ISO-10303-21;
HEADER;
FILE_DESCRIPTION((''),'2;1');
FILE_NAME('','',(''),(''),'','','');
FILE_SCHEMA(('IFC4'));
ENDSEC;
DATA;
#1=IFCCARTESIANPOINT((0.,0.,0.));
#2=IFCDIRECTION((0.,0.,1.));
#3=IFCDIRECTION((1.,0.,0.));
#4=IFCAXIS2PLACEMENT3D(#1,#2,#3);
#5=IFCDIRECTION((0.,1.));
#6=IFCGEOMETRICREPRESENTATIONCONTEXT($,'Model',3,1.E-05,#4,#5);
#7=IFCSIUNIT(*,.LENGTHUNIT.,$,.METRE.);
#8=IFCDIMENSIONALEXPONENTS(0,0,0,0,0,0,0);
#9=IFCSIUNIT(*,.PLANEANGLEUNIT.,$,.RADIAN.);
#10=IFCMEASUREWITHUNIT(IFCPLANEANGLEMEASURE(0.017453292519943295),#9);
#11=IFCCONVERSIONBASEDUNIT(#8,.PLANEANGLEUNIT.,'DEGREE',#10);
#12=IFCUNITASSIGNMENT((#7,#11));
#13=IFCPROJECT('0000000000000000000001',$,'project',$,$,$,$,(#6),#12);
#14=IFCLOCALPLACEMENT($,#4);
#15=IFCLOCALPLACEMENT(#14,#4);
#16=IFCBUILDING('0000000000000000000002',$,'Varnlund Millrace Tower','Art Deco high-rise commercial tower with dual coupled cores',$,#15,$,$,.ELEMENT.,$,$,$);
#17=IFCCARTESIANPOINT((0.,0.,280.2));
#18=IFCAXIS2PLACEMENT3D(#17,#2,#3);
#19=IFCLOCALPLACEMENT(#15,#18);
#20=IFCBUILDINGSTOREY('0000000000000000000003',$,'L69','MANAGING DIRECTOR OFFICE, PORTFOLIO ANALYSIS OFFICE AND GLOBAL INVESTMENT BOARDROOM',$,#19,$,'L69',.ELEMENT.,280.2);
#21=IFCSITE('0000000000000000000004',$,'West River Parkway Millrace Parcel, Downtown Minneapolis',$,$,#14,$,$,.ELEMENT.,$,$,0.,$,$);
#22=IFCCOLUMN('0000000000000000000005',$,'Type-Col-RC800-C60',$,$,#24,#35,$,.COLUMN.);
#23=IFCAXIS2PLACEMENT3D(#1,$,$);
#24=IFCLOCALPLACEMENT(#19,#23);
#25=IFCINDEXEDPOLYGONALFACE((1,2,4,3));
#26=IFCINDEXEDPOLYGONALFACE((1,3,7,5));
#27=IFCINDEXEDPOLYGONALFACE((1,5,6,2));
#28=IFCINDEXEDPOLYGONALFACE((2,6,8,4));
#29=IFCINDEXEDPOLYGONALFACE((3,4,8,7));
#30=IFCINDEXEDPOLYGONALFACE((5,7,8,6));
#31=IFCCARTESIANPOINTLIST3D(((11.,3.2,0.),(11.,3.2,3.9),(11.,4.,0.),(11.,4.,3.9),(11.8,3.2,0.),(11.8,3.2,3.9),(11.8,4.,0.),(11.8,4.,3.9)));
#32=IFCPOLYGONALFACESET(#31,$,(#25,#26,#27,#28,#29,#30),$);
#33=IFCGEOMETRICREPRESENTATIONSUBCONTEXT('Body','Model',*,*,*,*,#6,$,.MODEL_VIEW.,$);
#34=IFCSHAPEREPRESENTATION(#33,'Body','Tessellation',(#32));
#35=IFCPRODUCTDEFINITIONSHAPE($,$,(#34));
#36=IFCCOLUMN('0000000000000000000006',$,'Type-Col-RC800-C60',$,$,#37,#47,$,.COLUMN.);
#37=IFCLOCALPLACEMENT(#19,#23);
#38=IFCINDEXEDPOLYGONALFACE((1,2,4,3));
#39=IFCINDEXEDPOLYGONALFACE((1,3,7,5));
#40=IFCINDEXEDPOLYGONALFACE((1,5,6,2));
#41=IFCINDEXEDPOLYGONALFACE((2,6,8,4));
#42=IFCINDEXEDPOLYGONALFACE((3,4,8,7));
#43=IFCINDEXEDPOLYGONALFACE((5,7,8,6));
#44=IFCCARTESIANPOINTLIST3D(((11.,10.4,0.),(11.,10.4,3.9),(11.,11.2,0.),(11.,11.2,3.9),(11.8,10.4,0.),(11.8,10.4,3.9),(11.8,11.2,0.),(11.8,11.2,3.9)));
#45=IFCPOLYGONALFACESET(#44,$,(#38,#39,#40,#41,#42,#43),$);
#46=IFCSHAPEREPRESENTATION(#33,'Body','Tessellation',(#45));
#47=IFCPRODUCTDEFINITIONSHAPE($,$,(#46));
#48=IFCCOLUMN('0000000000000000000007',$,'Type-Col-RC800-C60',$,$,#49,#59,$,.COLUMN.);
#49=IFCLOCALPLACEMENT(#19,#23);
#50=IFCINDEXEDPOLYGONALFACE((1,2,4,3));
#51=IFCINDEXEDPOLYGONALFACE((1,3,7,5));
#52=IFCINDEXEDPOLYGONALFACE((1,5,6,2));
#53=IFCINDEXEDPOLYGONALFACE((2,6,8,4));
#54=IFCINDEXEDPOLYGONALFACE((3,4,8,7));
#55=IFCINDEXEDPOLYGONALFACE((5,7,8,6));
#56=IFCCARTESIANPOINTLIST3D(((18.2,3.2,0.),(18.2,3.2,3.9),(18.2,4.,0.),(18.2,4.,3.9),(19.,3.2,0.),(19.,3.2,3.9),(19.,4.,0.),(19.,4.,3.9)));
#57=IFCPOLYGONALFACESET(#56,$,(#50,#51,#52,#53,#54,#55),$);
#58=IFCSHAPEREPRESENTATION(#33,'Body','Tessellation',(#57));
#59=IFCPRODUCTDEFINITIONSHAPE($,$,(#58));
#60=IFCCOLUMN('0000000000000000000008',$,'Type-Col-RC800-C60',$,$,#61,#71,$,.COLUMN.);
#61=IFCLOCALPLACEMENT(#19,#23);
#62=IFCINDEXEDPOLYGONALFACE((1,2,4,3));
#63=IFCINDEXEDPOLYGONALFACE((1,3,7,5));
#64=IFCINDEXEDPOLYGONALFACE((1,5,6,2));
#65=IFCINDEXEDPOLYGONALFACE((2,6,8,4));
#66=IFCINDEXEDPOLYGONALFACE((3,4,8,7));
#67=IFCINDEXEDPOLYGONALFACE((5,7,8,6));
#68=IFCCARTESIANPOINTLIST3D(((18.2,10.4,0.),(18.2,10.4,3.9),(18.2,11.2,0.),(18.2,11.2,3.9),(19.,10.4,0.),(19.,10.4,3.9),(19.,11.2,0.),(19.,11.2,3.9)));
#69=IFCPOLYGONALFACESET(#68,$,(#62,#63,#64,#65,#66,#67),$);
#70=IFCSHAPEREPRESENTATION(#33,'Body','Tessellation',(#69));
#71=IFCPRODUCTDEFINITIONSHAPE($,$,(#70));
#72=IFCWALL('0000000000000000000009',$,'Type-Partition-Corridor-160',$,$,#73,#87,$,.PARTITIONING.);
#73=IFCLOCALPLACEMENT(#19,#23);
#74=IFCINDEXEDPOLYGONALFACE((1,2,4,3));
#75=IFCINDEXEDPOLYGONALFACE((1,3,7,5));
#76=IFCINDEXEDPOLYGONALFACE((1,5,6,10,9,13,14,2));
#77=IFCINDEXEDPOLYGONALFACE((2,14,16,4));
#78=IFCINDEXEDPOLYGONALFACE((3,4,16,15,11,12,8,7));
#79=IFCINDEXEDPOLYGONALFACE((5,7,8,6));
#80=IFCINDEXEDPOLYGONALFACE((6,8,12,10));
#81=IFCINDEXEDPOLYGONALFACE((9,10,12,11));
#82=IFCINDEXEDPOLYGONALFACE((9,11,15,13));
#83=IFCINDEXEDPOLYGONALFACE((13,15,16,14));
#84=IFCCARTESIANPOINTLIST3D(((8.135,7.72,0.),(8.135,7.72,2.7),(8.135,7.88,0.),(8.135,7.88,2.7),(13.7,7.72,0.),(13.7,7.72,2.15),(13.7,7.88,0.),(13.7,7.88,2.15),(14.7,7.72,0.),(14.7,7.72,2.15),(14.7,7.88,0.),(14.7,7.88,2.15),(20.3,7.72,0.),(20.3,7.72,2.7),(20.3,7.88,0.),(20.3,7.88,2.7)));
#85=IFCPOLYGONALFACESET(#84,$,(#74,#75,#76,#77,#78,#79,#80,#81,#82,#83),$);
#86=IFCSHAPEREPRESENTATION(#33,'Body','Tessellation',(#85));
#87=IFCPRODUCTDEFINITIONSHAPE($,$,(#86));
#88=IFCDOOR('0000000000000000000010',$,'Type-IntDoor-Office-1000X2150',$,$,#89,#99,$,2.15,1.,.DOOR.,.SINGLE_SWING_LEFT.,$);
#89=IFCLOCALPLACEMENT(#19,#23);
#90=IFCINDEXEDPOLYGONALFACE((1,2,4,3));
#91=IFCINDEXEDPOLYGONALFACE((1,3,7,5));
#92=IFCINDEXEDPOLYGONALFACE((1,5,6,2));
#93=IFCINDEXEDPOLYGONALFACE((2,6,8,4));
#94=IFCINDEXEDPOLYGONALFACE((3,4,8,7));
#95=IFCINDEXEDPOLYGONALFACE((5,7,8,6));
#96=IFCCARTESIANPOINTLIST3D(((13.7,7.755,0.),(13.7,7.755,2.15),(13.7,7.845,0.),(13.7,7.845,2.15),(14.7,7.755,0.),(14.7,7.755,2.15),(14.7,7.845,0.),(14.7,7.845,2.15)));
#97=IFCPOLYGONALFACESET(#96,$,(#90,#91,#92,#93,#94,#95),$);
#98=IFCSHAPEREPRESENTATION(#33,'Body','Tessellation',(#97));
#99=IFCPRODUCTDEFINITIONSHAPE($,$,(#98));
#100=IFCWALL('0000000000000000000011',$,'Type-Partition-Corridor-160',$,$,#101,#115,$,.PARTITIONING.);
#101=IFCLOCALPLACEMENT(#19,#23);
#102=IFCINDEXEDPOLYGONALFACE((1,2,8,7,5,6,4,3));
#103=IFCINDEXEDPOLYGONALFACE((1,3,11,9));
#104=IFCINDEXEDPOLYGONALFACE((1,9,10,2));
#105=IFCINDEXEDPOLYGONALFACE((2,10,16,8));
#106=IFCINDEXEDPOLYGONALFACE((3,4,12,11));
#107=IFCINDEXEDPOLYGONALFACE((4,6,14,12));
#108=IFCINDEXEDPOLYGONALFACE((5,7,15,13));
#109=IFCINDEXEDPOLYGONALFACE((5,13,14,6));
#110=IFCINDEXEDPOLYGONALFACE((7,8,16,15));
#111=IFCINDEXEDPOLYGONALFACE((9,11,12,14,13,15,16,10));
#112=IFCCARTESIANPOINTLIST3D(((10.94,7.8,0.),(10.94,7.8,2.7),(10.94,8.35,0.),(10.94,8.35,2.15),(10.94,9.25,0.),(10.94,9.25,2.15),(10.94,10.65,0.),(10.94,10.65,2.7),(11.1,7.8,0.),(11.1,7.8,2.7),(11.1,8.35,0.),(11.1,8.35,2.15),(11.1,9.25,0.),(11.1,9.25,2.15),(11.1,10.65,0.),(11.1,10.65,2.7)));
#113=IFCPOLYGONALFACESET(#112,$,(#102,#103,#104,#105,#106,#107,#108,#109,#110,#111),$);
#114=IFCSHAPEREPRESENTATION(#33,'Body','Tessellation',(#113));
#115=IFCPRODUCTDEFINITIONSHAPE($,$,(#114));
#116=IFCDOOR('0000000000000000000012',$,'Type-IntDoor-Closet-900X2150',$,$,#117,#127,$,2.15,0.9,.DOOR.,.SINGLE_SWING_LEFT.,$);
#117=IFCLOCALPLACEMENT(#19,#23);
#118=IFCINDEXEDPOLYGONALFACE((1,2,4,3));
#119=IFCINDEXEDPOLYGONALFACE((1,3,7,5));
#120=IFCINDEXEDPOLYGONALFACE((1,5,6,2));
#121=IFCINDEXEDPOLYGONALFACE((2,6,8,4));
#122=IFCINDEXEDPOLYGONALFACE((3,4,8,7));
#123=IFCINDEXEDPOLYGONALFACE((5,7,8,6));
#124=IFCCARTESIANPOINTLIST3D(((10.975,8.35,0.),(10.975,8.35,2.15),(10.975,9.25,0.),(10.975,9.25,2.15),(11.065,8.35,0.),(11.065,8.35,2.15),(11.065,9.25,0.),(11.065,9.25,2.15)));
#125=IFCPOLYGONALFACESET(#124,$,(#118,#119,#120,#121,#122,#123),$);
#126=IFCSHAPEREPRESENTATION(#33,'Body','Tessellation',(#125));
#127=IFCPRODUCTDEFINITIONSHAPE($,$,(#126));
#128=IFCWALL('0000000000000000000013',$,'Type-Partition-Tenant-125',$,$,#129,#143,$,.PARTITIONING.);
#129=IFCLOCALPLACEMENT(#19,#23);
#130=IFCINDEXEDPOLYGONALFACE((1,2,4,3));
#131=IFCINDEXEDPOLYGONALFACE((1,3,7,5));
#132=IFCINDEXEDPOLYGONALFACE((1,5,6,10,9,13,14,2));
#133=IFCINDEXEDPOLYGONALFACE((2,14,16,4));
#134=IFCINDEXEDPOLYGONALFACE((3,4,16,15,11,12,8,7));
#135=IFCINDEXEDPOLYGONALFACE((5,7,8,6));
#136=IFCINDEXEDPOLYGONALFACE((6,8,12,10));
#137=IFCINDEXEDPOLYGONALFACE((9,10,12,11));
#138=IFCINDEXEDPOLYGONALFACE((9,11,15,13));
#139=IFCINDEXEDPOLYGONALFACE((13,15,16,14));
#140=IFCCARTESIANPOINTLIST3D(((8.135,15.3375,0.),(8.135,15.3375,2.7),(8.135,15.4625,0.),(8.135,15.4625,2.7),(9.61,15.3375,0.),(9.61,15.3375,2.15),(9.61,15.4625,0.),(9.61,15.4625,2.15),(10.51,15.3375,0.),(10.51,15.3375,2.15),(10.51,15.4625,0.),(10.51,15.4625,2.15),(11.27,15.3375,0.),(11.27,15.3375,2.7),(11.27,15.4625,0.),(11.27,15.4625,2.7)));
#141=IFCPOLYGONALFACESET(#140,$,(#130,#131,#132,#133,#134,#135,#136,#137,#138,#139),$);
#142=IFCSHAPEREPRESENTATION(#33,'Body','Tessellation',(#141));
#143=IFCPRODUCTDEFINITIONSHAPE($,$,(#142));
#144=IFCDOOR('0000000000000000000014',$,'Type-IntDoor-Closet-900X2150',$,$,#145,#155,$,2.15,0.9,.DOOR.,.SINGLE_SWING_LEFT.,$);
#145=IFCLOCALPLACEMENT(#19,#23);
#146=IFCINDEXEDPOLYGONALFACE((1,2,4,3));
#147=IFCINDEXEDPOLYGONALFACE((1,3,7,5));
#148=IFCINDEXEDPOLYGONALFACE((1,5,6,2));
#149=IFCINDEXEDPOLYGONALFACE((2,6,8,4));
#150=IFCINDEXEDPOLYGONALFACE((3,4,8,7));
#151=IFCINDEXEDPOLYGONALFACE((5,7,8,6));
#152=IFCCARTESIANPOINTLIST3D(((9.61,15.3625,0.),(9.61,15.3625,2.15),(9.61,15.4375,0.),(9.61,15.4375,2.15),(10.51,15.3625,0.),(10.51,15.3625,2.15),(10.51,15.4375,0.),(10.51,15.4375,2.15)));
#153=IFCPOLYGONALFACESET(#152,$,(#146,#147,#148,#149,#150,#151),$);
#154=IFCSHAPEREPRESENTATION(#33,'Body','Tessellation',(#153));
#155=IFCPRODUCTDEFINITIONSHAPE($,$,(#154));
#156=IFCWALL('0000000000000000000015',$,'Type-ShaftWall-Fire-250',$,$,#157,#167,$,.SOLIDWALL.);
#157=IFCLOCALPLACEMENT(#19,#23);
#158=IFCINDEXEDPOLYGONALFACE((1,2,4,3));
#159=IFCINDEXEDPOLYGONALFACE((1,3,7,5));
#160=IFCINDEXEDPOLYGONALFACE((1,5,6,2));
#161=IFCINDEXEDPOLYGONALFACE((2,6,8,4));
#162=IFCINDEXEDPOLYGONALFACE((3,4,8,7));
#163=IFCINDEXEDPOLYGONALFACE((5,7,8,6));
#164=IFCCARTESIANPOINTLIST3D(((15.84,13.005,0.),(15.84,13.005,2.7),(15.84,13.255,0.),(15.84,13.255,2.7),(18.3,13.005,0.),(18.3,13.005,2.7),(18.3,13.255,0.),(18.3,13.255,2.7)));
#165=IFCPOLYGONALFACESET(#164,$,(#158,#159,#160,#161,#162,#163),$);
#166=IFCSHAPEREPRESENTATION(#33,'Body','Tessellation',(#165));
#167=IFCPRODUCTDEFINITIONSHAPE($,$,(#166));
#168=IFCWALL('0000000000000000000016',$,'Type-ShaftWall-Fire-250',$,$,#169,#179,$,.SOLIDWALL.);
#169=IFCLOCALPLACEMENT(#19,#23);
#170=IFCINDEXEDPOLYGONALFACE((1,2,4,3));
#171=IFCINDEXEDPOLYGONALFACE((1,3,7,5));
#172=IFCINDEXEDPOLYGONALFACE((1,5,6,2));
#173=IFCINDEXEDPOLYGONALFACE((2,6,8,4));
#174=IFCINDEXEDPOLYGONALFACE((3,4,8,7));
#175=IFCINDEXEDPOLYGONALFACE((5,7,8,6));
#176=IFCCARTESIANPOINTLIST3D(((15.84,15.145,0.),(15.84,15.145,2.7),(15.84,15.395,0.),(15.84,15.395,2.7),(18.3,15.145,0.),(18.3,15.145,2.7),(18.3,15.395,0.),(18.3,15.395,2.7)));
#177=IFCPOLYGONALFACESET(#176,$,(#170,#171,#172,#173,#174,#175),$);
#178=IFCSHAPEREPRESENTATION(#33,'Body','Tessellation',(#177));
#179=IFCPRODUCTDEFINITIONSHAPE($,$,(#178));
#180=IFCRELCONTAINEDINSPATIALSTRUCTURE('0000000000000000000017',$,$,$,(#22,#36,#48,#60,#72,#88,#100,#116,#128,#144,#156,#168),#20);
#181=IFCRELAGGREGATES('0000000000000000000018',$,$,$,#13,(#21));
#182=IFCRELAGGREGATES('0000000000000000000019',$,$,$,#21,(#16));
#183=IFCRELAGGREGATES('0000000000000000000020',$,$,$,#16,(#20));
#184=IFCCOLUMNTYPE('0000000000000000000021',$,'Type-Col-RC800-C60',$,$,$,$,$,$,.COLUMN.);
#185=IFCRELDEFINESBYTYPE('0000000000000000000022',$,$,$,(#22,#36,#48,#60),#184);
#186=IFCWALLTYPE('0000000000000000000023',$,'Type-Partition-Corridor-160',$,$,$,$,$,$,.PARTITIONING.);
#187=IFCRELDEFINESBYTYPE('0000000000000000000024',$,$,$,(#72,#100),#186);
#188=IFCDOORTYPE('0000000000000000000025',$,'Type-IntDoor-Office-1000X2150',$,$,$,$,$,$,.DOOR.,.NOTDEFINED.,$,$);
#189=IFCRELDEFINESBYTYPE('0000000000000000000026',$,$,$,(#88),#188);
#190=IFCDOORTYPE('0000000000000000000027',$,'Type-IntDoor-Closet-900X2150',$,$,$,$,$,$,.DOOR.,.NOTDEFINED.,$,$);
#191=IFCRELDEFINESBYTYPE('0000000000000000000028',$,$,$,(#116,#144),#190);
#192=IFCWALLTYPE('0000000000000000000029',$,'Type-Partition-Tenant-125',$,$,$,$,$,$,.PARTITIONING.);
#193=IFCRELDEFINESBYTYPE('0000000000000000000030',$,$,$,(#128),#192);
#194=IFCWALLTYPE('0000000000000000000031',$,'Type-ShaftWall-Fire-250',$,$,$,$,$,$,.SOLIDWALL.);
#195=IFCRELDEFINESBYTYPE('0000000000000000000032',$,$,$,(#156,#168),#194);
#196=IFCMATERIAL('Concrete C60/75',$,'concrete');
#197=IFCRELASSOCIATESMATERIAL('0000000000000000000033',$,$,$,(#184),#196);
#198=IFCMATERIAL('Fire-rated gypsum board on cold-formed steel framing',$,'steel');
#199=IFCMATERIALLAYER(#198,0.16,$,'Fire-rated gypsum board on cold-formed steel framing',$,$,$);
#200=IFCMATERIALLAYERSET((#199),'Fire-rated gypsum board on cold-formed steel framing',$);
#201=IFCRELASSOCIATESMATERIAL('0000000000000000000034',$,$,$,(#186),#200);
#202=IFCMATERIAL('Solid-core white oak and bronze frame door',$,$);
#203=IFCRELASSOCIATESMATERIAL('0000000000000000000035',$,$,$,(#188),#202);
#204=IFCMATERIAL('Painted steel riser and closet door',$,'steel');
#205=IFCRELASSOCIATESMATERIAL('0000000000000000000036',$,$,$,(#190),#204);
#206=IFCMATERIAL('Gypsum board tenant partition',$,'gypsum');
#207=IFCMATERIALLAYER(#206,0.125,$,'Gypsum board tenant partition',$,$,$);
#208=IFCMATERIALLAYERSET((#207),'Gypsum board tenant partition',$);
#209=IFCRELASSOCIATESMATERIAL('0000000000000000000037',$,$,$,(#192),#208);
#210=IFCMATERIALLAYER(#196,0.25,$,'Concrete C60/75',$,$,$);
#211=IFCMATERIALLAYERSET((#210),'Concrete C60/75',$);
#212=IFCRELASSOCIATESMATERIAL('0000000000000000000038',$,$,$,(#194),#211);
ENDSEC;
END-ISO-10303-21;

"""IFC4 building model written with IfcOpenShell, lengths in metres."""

from ifc_helpers import new_model, entity, si_unit, converted_unit, direction, frame, origin_with_axes, origin_2d_with_axis, place, context, subcontext, project, spatial, polyline, rectangle, outline, extrude, material, layer, layer_set, material_profile, profile_set, type_object, element, fill, save


model = new_model("IFC4")

# Units and contexts
model_context = context("Model", 3, precision=1e-05, world=origin_with_axes(), true_north=direction((0.0, 1.0)))
body_context = subcontext(model_context, "Body", "Model", "MODEL_VIEW")
ifc_project = project(units=[si_unit("LENGTHUNIT", "METRE"), converted_unit("PLANEANGLEUNIT", "DEGREE", entity("IfcPlaneAngleMeasure", 0.017453292519943295), si_unit("PLANEANGLEUNIT", "RADIAN"), dimensions=[0, 0, 0, 0, 0, 0, 0])], contexts=[model_context])

# Site, building, storey
site_placement = place(None, origin_with_axes())
site = spatial("IfcSite", under=ifc_project, at=site_placement, Name="West River Parkway Millrace Parcel, Downtown Minneapolis", CompositionType="ELEMENT", RefElevation=0.0)
building_placement = place(site_placement, origin_with_axes())
building = spatial("IfcBuilding", under=site, at=building_placement, Name="Varnlund Millrace Tower", Description="Art Deco high-rise commercial tower with dual coupled cores", CompositionType="ELEMENT")
storey_placement = place(building_placement, frame((0.0, 0.0, 280.2), z_axis=(0.0, 0.0, 1.0), x_axis=(1.0, 0.0, 0.0)))
storey = spatial("IfcBuildingStorey", under=building, at=storey_placement, Name="L69", Description="MANAGING DIRECTOR OFFICE, PORTFOLIO ANALYSIS OFFICE AND GLOBAL INVESTMENT BOARDROOM", LongName="L69", CompositionType="ELEMENT", Elevation=280.2)

# Columns
ifc_material_1 = material(Name="Concrete C60/75", Category="concrete")
ifc_material_profile = material_profile(ifc_material_1, rectangle(XDim=0.8, YDim=0.8, at=origin_2d_with_axis()), Name="Concrete C60/75")
ifc_profile_set = profile_set([ifc_material_profile], Name="Concrete C60/75")
column_type = type_object("IfcColumnType", Name="Type-Col-RC800-C60", PredefinedType="COLUMN", material=ifc_profile_set)
for number, where, z_axis, x_axis, name in (
    (1, (11.4, 3.6, 0.0), (0.0, 0.0, 1.0), (1.0, 0.0, 0.0), "Type-Col-RC800-C60"),
    (2, (11.4, 10.8, 0.0), (0.0, 0.0, 1.0), (1.0, 0.0, 0.0), "Type-Col-RC800-C60"),
    (3, (18.6, 3.6, 0.0), (0.0, 0.0, 1.0), (1.0, 0.0, 0.0), "Type-Col-RC800-C60"),
    (4, (18.6, 10.8, 0.0), (0.0, 0.0, 1.0), (1.0, 0.0, 0.0), "Type-Col-RC800-C60"),
):
    element("IfcColumn", number, at=place(storey_placement, frame(where, z_axis=z_axis, x_axis=x_axis)), inside=storey, type_object=column_type, Name=name, PredefinedType="COLUMN", context=body_context, shape_type="SweptSolid", body=[
        extrude(rectangle(XDim=0.8, YDim=0.8, at=origin_2d_with_axis()), origin_with_axes(), (0.0, 0.0, 1.0), 3.9),
    ])

# Wall, opening, door
ifc_material_2 = material(Name="Fire-rated gypsum board on cold-formed steel framing", Category="steel")
ifc_layer_1 = layer(ifc_material_2, 0.16, Name="Fire-rated gypsum board on cold-formed steel framing")
ifc_layer_set_1 = layer_set([ifc_layer_1], Name="Fire-rated gypsum board on cold-formed steel framing")
wall_type_1 = type_object("IfcWallType", Name="Type-Partition-Corridor-160", PredefinedType="PARTITIONING", material=ifc_layer_set_1)
wall_1_placement = place(storey_placement, frame((8.135, 7.8, 0.0), z_axis=(0.0, 0.0, 1.0), x_axis=(1.0, 0.0, 0.0)))
wall_1 = element("IfcWall", 5, at=wall_1_placement, inside=storey, type_object=wall_type_1, Name="Type-Partition-Corridor-160", PredefinedType="PARTITIONING", context=body_context, shape_type="SweptSolid", body=[
    extrude(outline(polyline([(0.0, -0.08), (12.165, -0.08), (12.165, 0.08), (0.0, 0.08), (0.0, -0.08)])), origin_with_axes(), (0.0, 0.0, 1.0), 2.7),
])
opening_1_placement = place(wall_1_placement, frame((6.065, 0.0, 0.0), z_axis=(0.0, 0.0, 1.0), x_axis=(1.0, 0.0, 0.0)))
opening_1 = element("IfcOpeningElement", 6, at=opening_1_placement, cuts=wall_1, PredefinedType="OPENING", context=body_context, shape_type="SweptSolid", body=[
    extrude(rectangle(XDim=1.0, YDim=0.18, at=origin_2d_with_axis()), origin_with_axes(), (0.0, 0.0, 1.0), 2.15),
])
ifc_material_3 = material(Name="Solid-core white oak and bronze frame door")
door_type_1 = type_object("IfcDoorType", Name="Type-IntDoor-Office-1000X2150", OperationType="NOTDEFINED", PredefinedType="DOOR", material=ifc_material_3)
door_1_placement = place(wall_1_placement, frame((6.065, 0.0, 0.0), z_axis=(0.0, 0.0, 1.0), x_axis=(1.0, 0.0, 0.0)))
door_1 = element("IfcDoor", 7, at=door_1_placement, inside=storey, type_object=door_type_1, Name="Type-IntDoor-Office-1000X2150", OperationType="SINGLE_SWING_LEFT", OverallHeight=2.15, OverallWidth=1.0, PredefinedType="DOOR", context=body_context, shape_type="SweptSolid", body=[
    extrude(rectangle(XDim=1.0, YDim=0.09, at=origin_2d_with_axis()), origin_with_axes(), (0.0, 0.0, 1.0), 2.15),
])
fill(opening_1, door_1)

# Walls, openings, doors
wall_2_placement = place(storey_placement, frame((11.02, 7.8, 0.0), z_axis=(0.0, 0.0, 1.0), x_axis=(0.0, 1.0, 0.0)))
wall_2 = element("IfcWall", 8, at=wall_2_placement, inside=storey, type_object=wall_type_1, Name="Type-Partition-Corridor-160", PredefinedType="PARTITIONING", context=body_context, shape_type="SweptSolid", body=[
    extrude(outline(polyline([(0.0, -0.08), (2.85, -0.08), (2.85, 0.08), (0.0, 0.08), (0.0, -0.08)])), origin_with_axes(), (0.0, 0.0, 1.0), 2.7),
])
opening_2_placement = place(wall_2_placement, frame((1.0, 0.0, 0.0), z_axis=(0.0, 0.0, 1.0), x_axis=(1.0, 0.0, 0.0)))
opening_2 = element("IfcOpeningElement", 9, at=opening_2_placement, cuts=wall_2, PredefinedType="OPENING", context=body_context, shape_type="SweptSolid", body=[
    extrude(rectangle(XDim=0.9, YDim=0.18, at=origin_2d_with_axis()), origin_with_axes(), (0.0, 0.0, 1.0), 2.15),
])
ifc_material_4 = material(Name="Painted steel riser and closet door", Category="steel")
door_type_2 = type_object("IfcDoorType", Name="Type-IntDoor-Closet-900X2150", OperationType="NOTDEFINED", PredefinedType="DOOR", material=ifc_material_4)
door_2_placement = place(wall_2_placement, frame((1.0, 0.0, 0.0), z_axis=(0.0, 0.0, 1.0), x_axis=(1.0, 0.0, 0.0)))
door_2 = element("IfcDoor", 10, at=door_2_placement, inside=storey, type_object=door_type_2, Name="Type-IntDoor-Closet-900X2150", OperationType="SINGLE_SWING_LEFT", OverallHeight=2.15, OverallWidth=0.9, PredefinedType="DOOR", context=body_context, shape_type="SweptSolid", body=[
    extrude(rectangle(XDim=0.9, YDim=0.09, at=origin_2d_with_axis()), origin_with_axes(), (0.0, 0.0, 1.0), 2.15),
])
fill(opening_2, door_2)
ifc_material_5 = material(Name="Gypsum board tenant partition", Category="gypsum")
ifc_layer_2 = layer(ifc_material_5, 0.125, Name="Gypsum board tenant partition")
ifc_layer_set_2 = layer_set([ifc_layer_2], Name="Gypsum board tenant partition")
wall_type_2 = type_object("IfcWallType", Name="Type-Partition-Tenant-125", PredefinedType="PARTITIONING", material=ifc_layer_set_2)
wall_3_placement = place(storey_placement, frame((8.135, 15.4, 0.0), z_axis=(0.0, 0.0, 1.0), x_axis=(1.0, 0.0, 0.0)))
wall_3 = element("IfcWall", 11, at=wall_3_placement, inside=storey, type_object=wall_type_2, Name="Type-Partition-Tenant-125", PredefinedType="PARTITIONING", context=body_context, shape_type="SweptSolid", body=[
    extrude(outline(polyline([(0.0, -0.0625), (3.135, -0.0625), (3.135, 0.0625), (0.0, 0.0625), (0.0, -0.0625)])), origin_with_axes(), (0.0, 0.0, 1.0), 2.7),
])
opening_3_placement = place(wall_3_placement, frame((1.925, 0.0, 0.0), z_axis=(0.0, 0.0, 1.0), x_axis=(1.0, 0.0, 0.0)))
opening_3 = element("IfcOpeningElement", 12, at=opening_3_placement, cuts=wall_3, PredefinedType="OPENING", context=body_context, shape_type="SweptSolid", body=[
    extrude(rectangle(XDim=0.9, YDim=0.145, at=origin_2d_with_axis()), origin_with_axes(), (0.0, 0.0, 1.0), 2.15),
])
door_3_placement = place(wall_3_placement, frame((1.925, 0.0, 0.0), z_axis=(0.0, 0.0, 1.0), x_axis=(1.0, 0.0, 0.0)))
door_3 = element("IfcDoor", 13, at=door_3_placement, inside=storey, type_object=door_type_2, Name="Type-IntDoor-Closet-900X2150", OperationType="SINGLE_SWING_LEFT", OverallHeight=2.15, OverallWidth=0.9, PredefinedType="DOOR", context=body_context, shape_type="SweptSolid", body=[
    extrude(rectangle(XDim=0.9, YDim=0.075, at=origin_2d_with_axis()), origin_with_axes(), (0.0, 0.0, 1.0), 2.15),
])
fill(opening_3, door_3)

# Walls
ifc_layer_3 = layer(ifc_material_1, 0.25, Name="Concrete C60/75")
ifc_layer_set_3 = layer_set([ifc_layer_3], Name="Concrete C60/75")
wall_type_3 = type_object("IfcWallType", Name="Type-ShaftWall-Fire-250", PredefinedType="SOLIDWALL", material=ifc_layer_set_3)
for number, where, z_axis, x_axis, name in (
    (14, (15.84, 13.13, 0.0), (0.0, 0.0, 1.0), (1.0, 0.0, 0.0), "Type-ShaftWall-Fire-250"),
    (15, (15.84, 15.27, 0.0), (0.0, 0.0, 1.0), (1.0, 0.0, 0.0), "Type-ShaftWall-Fire-250"),
):
    element("IfcWall", number, at=place(storey_placement, frame(where, z_axis=z_axis, x_axis=x_axis)), inside=storey, type_object=wall_type_3, Name=name, PredefinedType="SOLIDWALL", context=body_context, shape_type="SweptSolid", body=[
        extrude(outline(polyline([(0.0, -0.125), (2.46, -0.125), (2.46, 0.125), (0.0, 0.125), (0.0, -0.125)])), origin_with_axes(), (0.0, 0.0, 1.0), 2.7),
    ])

save(model, "model.ifc")
